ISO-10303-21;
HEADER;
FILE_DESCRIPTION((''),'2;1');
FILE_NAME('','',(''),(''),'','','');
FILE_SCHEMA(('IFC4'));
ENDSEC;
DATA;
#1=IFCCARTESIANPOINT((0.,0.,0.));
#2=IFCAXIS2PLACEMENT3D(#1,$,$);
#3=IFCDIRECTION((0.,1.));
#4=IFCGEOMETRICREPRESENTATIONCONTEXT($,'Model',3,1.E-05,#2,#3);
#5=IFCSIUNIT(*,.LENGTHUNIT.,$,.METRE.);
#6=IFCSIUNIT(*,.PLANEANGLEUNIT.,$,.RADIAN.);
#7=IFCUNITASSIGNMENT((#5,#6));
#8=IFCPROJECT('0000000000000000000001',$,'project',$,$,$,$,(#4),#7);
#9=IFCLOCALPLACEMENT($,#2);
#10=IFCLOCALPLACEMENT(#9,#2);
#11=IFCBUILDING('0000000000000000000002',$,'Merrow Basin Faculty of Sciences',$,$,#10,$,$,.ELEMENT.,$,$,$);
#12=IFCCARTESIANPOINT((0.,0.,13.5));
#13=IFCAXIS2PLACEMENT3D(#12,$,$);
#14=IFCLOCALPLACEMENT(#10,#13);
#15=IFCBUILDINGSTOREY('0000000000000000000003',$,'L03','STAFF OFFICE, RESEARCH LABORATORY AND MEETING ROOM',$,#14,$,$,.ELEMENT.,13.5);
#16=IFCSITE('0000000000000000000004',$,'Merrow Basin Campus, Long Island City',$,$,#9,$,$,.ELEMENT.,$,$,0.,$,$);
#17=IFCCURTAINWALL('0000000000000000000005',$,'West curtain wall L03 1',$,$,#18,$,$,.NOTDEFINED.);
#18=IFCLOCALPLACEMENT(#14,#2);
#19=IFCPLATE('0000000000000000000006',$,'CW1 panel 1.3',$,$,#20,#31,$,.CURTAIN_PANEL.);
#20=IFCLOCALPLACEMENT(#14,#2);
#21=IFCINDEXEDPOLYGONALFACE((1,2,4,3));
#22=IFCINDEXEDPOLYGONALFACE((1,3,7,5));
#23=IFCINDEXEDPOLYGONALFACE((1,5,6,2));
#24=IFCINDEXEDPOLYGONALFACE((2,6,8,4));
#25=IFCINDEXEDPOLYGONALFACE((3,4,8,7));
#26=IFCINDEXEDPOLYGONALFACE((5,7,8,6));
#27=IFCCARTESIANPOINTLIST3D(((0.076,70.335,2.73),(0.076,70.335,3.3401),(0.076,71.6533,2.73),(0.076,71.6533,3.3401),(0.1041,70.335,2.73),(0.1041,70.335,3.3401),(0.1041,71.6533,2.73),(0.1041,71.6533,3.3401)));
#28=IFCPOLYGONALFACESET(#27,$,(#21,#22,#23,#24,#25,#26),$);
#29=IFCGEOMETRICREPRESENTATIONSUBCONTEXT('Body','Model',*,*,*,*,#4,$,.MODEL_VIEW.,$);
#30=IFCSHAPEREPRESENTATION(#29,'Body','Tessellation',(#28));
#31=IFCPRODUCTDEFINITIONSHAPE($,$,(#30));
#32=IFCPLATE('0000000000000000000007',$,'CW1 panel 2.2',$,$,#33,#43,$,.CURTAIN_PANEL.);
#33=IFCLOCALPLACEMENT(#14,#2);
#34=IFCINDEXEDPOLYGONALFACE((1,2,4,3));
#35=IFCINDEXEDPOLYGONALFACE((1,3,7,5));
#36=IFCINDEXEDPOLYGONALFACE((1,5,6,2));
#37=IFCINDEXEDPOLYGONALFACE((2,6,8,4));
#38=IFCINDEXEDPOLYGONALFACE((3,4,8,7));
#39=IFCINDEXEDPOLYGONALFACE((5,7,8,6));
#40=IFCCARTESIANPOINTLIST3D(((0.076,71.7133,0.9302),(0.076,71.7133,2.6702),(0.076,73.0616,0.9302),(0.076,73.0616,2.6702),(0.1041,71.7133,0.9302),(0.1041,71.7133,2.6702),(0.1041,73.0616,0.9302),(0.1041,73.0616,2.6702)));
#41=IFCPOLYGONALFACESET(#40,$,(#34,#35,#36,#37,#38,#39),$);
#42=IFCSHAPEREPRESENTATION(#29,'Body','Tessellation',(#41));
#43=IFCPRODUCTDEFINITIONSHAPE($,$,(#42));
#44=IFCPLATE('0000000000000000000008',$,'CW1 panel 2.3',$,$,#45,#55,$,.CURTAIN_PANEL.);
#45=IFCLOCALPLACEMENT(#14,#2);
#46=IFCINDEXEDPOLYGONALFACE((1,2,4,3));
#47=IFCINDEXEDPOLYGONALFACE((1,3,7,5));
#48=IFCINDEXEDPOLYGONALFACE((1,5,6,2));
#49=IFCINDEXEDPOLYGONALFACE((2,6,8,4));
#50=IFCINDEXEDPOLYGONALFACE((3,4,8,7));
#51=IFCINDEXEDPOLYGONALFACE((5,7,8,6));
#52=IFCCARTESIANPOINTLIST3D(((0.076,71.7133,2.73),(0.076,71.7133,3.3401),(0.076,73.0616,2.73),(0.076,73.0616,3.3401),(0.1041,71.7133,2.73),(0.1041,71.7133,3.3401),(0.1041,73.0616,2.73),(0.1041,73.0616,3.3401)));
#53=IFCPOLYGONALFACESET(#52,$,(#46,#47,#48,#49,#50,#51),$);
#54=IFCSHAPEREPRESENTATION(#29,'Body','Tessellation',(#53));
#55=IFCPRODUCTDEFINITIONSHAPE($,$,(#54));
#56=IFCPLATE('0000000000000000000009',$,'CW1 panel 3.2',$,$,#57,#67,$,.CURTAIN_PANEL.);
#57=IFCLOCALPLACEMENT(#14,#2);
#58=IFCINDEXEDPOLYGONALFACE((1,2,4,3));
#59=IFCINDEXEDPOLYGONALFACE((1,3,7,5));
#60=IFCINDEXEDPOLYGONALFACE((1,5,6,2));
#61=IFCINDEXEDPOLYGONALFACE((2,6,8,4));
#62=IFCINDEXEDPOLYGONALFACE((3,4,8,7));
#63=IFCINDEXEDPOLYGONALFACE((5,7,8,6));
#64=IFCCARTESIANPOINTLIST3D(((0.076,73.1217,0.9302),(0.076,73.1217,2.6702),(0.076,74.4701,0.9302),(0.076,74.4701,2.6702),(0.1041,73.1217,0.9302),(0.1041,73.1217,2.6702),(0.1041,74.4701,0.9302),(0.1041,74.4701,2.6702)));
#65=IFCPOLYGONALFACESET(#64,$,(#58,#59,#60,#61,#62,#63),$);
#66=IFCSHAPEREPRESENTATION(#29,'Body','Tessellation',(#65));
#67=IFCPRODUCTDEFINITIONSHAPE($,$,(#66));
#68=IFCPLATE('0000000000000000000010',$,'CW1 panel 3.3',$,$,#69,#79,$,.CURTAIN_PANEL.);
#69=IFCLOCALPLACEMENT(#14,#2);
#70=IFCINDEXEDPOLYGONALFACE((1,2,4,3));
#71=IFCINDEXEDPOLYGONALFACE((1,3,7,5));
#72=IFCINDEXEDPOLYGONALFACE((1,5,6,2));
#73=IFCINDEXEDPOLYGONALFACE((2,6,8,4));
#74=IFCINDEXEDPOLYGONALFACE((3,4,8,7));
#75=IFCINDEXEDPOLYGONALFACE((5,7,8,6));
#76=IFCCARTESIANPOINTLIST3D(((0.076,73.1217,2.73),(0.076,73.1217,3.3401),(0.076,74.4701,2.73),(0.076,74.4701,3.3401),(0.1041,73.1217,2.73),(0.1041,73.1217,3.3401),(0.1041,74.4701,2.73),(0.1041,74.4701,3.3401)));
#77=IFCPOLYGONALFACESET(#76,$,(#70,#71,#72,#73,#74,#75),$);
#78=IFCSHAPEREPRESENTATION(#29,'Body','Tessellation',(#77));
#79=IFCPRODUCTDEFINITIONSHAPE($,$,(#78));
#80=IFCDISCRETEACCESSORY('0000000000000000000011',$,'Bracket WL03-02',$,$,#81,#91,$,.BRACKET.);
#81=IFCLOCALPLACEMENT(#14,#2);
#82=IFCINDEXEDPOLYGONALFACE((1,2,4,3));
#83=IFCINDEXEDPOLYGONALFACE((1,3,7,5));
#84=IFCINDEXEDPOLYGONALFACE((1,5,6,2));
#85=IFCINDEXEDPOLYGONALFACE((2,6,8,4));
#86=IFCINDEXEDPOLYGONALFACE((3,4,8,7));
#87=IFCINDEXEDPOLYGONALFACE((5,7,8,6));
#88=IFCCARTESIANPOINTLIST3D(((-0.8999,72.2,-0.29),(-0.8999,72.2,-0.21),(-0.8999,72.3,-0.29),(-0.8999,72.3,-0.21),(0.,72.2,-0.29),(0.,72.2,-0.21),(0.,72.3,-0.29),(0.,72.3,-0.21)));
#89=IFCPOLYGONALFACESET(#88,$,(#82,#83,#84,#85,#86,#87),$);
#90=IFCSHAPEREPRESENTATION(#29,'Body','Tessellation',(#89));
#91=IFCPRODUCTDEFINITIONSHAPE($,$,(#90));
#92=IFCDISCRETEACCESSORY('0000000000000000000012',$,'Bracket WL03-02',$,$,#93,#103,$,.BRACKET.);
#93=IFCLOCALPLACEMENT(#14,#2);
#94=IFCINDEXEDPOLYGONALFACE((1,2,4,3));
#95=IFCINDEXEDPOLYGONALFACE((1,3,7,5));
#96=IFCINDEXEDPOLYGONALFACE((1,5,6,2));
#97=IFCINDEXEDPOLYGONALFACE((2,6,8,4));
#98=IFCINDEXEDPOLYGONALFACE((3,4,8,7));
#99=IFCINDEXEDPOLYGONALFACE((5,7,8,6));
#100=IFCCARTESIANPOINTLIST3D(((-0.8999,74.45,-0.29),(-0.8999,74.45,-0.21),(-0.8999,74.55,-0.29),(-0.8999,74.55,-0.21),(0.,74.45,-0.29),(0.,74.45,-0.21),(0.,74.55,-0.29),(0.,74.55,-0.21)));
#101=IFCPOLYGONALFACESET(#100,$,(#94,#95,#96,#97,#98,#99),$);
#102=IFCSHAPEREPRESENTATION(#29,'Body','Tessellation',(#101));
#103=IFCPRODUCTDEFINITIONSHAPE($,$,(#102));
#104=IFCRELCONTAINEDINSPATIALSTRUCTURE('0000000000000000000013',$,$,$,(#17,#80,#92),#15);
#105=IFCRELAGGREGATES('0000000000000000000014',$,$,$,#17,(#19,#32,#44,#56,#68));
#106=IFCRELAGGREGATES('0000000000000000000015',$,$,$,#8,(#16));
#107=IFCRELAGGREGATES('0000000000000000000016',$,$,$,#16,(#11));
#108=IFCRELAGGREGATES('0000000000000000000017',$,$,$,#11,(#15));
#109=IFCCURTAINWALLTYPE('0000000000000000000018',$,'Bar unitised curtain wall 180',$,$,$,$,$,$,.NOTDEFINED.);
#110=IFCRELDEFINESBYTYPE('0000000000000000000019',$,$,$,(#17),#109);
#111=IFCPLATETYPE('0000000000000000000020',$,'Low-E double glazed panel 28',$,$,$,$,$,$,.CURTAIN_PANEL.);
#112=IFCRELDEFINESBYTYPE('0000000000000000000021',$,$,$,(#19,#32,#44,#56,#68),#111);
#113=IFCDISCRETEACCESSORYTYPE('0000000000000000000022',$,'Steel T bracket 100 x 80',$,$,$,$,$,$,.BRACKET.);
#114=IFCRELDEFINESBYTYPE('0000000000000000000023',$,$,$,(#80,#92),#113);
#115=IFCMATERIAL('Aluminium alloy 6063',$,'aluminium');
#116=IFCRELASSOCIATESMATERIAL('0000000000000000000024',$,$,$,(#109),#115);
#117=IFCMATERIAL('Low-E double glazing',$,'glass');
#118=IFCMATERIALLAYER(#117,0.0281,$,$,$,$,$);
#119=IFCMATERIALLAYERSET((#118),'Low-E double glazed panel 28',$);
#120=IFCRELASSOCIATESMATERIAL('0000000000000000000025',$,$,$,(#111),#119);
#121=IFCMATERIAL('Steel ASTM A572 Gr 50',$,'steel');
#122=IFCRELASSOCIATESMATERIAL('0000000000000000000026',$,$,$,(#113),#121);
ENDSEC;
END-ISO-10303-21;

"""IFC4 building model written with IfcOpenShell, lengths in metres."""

from ifc_helpers import new_model, si_unit, direction, frame, origin, origin_2d, place, context, subcontext, project, spatial, polyline, rectangle, outline, extrude, source, transform, mapped, material, layer, layer_set, type_object, element, aggregate, save


model = new_model("IFC4")

# Units and contexts
model_context = context("Model", 3, precision=1e-05, world=origin(), true_north=direction((0.0, 1.0)))
body_context = subcontext(model_context, "Body", "Model", "MODEL_VIEW")
ifc_project = project(units=[si_unit("LENGTHUNIT", "METRE"), si_unit("PLANEANGLEUNIT", "RADIAN")], contexts=[model_context])

# Site, building, storey
site_placement = place(None, origin())
site = spatial("IfcSite", under=ifc_project, at=site_placement, Name="Merrow Basin Campus, Long Island City", CompositionType="ELEMENT", RefElevation=0.0)
building_placement = place(site_placement, origin())
building = spatial("IfcBuilding", under=site, at=building_placement, Name="Merrow Basin Faculty of Sciences", CompositionType="ELEMENT")
storey_placement = place(building_placement, frame((0.0, 0.0, 13.5)))
storey = spatial("IfcBuildingStorey", under=building, at=storey_placement, Name="L03", Description="STAFF OFFICE, RESEARCH LABORATORY AND MEETING ROOM", CompositionType="ELEMENT", Elevation=13.5)

# Curtain wall, plates
ifc_material_1 = material(Name="Aluminium alloy 6063", Category="aluminium")
curtain_wall_type = type_object("IfcCurtainWallType", Name="Bar unitised curtain wall 180", PredefinedType="NOTDEFINED", material=ifc_material_1)
curtain_wall_placement = place(storey_placement, origin())
curtain_wall = element("IfcCurtainWall", 1, at=curtain_wall_placement, inside=storey, type_object=curtain_wall_type, Name="West curtain wall L03 1", PredefinedType="NOTDEFINED")
ifc_material_2 = material(Name="Low-E double glazing", Category="glass")
ifc_layer_1 = layer(ifc_material_2, 0.0281)
ifc_layer_set_1 = layer_set([ifc_layer_1], Name="Low-E double glazed panel 28")
plate_type_1 = type_object("IfcPlateType", Name="Low-E double glazed panel 28", PredefinedType="CURTAIN_PANEL", material=ifc_layer_set_1)
plate_1_placement = place(storey_placement, frame((0.0901, 70.9941, 2.73), z_axis=(0.0, 0.0, 1.0), x_axis=(0.0, 1.0, 0.0)))
plate_1 = element("IfcPlate", 2, at=plate_1_placement, type_object=plate_type_1, Name="CW1 panel 1.3", PredefinedType="CURTAIN_PANEL", context=body_context, shape_type="SweptSolid", body=[
    extrude(rectangle(XDim=1.3184, YDim=0.0281, at=origin_2d()), origin(), (0.0, 0.0, 1.0), 0.6101),
])
plate_2_placement = place(storey_placement, frame((0.0901, 72.3875, 0.9302), z_axis=(0.0, 0.0, 1.0), x_axis=(0.0, 1.0, 0.0)))
plate_2 = element("IfcPlate", 3, at=plate_2_placement, type_object=plate_type_1, Name="CW1 panel 2.2", PredefinedType="CURTAIN_PANEL", context=body_context, shape_type="SweptSolid", body=[
    extrude(rectangle(XDim=1.3484, YDim=0.0281, at=origin_2d()), origin(), (0.0, 0.0, 1.0), 1.74),
])
plate_3_placement = place(storey_placement, frame((0.0901, 72.3875, 2.73), z_axis=(0.0, 0.0, 1.0), x_axis=(0.0, 1.0, 0.0)))
plate_3 = element("IfcPlate", 4, at=plate_3_placement, type_object=plate_type_1, Name="CW1 panel 2.3", PredefinedType="CURTAIN_PANEL", context=body_context, shape_type="SweptSolid", body=[
    extrude(rectangle(XDim=1.3484, YDim=0.0281, at=origin_2d()), origin(), (0.0, 0.0, 1.0), 0.6101),
])
plate_4_placement = place(storey_placement, frame((0.0901, 73.7959, 0.9302), z_axis=(0.0, 0.0, 1.0), x_axis=(0.0, 1.0, 0.0)))
plate_4 = element("IfcPlate", 5, at=plate_4_placement, type_object=plate_type_1, Name="CW1 panel 3.2", PredefinedType="CURTAIN_PANEL", context=body_context, shape_type="SweptSolid", body=[
    extrude(rectangle(XDim=1.3484, YDim=0.0281, at=origin_2d()), origin(), (0.0, 0.0, 1.0), 1.74),
])
plate_5_placement = place(storey_placement, frame((0.0901, 73.7959, 2.73), z_axis=(0.0, 0.0, 1.0), x_axis=(0.0, 1.0, 0.0)))
plate_5 = element("IfcPlate", 6, at=plate_5_placement, type_object=plate_type_1, Name="CW1 panel 3.3", PredefinedType="CURTAIN_PANEL", context=body_context, shape_type="SweptSolid", body=[
    extrude(rectangle(XDim=1.3484, YDim=0.0281, at=origin_2d()), origin(), (0.0, 0.0, 1.0), 0.6101),
])
aggregate(curtain_wall, [plate_1, plate_2, plate_3, plate_4, plate_5])

# Discrete accessories
ifc_material_3 = material(Name="Steel ASTM A572 Gr 50", Category="steel")
discrete_accessory_type = type_object("IfcDiscreteAccessoryType", Name="Steel T bracket 100 x 80", PredefinedType="BRACKET", material=ifc_material_3)
shared_shape = source(origin(), body_context, "Body", "SweptSolid", [
    extrude(outline(polyline([(0.0, 0.0), (0.1001, 0.0), (0.1001, 0.0801), (0.0, 0.0801), (0.0, 0.0)])), origin(), (0.0, 0.0, 1.0), 0.8999),
])
for number, where, z_axis, x_axis, name in (
    (7, (-0.8999, 72.2, -0.29), (1.0, 0.0, 0.0), (0.0, 1.0, 0.0), "Bracket WL03-02"),
    (8, (-0.8999, 74.45, -0.29), (1.0, 0.0, 0.0), (0.0, 1.0, 0.0), "Bracket WL03-02"),
):
    element("IfcDiscreteAccessory", number, at=place(storey_placement, frame(where, z_axis=z_axis, x_axis=x_axis)), inside=storey, type_object=discrete_accessory_type, Name=name, PredefinedType="BRACKET", context=body_context, shape_type="MappedRepresentation", body=[
        mapped(shared_shape, transform((0.0, 0.0, 0.0), scale=1.0)),
    ])

save(model, "model.ifc")
